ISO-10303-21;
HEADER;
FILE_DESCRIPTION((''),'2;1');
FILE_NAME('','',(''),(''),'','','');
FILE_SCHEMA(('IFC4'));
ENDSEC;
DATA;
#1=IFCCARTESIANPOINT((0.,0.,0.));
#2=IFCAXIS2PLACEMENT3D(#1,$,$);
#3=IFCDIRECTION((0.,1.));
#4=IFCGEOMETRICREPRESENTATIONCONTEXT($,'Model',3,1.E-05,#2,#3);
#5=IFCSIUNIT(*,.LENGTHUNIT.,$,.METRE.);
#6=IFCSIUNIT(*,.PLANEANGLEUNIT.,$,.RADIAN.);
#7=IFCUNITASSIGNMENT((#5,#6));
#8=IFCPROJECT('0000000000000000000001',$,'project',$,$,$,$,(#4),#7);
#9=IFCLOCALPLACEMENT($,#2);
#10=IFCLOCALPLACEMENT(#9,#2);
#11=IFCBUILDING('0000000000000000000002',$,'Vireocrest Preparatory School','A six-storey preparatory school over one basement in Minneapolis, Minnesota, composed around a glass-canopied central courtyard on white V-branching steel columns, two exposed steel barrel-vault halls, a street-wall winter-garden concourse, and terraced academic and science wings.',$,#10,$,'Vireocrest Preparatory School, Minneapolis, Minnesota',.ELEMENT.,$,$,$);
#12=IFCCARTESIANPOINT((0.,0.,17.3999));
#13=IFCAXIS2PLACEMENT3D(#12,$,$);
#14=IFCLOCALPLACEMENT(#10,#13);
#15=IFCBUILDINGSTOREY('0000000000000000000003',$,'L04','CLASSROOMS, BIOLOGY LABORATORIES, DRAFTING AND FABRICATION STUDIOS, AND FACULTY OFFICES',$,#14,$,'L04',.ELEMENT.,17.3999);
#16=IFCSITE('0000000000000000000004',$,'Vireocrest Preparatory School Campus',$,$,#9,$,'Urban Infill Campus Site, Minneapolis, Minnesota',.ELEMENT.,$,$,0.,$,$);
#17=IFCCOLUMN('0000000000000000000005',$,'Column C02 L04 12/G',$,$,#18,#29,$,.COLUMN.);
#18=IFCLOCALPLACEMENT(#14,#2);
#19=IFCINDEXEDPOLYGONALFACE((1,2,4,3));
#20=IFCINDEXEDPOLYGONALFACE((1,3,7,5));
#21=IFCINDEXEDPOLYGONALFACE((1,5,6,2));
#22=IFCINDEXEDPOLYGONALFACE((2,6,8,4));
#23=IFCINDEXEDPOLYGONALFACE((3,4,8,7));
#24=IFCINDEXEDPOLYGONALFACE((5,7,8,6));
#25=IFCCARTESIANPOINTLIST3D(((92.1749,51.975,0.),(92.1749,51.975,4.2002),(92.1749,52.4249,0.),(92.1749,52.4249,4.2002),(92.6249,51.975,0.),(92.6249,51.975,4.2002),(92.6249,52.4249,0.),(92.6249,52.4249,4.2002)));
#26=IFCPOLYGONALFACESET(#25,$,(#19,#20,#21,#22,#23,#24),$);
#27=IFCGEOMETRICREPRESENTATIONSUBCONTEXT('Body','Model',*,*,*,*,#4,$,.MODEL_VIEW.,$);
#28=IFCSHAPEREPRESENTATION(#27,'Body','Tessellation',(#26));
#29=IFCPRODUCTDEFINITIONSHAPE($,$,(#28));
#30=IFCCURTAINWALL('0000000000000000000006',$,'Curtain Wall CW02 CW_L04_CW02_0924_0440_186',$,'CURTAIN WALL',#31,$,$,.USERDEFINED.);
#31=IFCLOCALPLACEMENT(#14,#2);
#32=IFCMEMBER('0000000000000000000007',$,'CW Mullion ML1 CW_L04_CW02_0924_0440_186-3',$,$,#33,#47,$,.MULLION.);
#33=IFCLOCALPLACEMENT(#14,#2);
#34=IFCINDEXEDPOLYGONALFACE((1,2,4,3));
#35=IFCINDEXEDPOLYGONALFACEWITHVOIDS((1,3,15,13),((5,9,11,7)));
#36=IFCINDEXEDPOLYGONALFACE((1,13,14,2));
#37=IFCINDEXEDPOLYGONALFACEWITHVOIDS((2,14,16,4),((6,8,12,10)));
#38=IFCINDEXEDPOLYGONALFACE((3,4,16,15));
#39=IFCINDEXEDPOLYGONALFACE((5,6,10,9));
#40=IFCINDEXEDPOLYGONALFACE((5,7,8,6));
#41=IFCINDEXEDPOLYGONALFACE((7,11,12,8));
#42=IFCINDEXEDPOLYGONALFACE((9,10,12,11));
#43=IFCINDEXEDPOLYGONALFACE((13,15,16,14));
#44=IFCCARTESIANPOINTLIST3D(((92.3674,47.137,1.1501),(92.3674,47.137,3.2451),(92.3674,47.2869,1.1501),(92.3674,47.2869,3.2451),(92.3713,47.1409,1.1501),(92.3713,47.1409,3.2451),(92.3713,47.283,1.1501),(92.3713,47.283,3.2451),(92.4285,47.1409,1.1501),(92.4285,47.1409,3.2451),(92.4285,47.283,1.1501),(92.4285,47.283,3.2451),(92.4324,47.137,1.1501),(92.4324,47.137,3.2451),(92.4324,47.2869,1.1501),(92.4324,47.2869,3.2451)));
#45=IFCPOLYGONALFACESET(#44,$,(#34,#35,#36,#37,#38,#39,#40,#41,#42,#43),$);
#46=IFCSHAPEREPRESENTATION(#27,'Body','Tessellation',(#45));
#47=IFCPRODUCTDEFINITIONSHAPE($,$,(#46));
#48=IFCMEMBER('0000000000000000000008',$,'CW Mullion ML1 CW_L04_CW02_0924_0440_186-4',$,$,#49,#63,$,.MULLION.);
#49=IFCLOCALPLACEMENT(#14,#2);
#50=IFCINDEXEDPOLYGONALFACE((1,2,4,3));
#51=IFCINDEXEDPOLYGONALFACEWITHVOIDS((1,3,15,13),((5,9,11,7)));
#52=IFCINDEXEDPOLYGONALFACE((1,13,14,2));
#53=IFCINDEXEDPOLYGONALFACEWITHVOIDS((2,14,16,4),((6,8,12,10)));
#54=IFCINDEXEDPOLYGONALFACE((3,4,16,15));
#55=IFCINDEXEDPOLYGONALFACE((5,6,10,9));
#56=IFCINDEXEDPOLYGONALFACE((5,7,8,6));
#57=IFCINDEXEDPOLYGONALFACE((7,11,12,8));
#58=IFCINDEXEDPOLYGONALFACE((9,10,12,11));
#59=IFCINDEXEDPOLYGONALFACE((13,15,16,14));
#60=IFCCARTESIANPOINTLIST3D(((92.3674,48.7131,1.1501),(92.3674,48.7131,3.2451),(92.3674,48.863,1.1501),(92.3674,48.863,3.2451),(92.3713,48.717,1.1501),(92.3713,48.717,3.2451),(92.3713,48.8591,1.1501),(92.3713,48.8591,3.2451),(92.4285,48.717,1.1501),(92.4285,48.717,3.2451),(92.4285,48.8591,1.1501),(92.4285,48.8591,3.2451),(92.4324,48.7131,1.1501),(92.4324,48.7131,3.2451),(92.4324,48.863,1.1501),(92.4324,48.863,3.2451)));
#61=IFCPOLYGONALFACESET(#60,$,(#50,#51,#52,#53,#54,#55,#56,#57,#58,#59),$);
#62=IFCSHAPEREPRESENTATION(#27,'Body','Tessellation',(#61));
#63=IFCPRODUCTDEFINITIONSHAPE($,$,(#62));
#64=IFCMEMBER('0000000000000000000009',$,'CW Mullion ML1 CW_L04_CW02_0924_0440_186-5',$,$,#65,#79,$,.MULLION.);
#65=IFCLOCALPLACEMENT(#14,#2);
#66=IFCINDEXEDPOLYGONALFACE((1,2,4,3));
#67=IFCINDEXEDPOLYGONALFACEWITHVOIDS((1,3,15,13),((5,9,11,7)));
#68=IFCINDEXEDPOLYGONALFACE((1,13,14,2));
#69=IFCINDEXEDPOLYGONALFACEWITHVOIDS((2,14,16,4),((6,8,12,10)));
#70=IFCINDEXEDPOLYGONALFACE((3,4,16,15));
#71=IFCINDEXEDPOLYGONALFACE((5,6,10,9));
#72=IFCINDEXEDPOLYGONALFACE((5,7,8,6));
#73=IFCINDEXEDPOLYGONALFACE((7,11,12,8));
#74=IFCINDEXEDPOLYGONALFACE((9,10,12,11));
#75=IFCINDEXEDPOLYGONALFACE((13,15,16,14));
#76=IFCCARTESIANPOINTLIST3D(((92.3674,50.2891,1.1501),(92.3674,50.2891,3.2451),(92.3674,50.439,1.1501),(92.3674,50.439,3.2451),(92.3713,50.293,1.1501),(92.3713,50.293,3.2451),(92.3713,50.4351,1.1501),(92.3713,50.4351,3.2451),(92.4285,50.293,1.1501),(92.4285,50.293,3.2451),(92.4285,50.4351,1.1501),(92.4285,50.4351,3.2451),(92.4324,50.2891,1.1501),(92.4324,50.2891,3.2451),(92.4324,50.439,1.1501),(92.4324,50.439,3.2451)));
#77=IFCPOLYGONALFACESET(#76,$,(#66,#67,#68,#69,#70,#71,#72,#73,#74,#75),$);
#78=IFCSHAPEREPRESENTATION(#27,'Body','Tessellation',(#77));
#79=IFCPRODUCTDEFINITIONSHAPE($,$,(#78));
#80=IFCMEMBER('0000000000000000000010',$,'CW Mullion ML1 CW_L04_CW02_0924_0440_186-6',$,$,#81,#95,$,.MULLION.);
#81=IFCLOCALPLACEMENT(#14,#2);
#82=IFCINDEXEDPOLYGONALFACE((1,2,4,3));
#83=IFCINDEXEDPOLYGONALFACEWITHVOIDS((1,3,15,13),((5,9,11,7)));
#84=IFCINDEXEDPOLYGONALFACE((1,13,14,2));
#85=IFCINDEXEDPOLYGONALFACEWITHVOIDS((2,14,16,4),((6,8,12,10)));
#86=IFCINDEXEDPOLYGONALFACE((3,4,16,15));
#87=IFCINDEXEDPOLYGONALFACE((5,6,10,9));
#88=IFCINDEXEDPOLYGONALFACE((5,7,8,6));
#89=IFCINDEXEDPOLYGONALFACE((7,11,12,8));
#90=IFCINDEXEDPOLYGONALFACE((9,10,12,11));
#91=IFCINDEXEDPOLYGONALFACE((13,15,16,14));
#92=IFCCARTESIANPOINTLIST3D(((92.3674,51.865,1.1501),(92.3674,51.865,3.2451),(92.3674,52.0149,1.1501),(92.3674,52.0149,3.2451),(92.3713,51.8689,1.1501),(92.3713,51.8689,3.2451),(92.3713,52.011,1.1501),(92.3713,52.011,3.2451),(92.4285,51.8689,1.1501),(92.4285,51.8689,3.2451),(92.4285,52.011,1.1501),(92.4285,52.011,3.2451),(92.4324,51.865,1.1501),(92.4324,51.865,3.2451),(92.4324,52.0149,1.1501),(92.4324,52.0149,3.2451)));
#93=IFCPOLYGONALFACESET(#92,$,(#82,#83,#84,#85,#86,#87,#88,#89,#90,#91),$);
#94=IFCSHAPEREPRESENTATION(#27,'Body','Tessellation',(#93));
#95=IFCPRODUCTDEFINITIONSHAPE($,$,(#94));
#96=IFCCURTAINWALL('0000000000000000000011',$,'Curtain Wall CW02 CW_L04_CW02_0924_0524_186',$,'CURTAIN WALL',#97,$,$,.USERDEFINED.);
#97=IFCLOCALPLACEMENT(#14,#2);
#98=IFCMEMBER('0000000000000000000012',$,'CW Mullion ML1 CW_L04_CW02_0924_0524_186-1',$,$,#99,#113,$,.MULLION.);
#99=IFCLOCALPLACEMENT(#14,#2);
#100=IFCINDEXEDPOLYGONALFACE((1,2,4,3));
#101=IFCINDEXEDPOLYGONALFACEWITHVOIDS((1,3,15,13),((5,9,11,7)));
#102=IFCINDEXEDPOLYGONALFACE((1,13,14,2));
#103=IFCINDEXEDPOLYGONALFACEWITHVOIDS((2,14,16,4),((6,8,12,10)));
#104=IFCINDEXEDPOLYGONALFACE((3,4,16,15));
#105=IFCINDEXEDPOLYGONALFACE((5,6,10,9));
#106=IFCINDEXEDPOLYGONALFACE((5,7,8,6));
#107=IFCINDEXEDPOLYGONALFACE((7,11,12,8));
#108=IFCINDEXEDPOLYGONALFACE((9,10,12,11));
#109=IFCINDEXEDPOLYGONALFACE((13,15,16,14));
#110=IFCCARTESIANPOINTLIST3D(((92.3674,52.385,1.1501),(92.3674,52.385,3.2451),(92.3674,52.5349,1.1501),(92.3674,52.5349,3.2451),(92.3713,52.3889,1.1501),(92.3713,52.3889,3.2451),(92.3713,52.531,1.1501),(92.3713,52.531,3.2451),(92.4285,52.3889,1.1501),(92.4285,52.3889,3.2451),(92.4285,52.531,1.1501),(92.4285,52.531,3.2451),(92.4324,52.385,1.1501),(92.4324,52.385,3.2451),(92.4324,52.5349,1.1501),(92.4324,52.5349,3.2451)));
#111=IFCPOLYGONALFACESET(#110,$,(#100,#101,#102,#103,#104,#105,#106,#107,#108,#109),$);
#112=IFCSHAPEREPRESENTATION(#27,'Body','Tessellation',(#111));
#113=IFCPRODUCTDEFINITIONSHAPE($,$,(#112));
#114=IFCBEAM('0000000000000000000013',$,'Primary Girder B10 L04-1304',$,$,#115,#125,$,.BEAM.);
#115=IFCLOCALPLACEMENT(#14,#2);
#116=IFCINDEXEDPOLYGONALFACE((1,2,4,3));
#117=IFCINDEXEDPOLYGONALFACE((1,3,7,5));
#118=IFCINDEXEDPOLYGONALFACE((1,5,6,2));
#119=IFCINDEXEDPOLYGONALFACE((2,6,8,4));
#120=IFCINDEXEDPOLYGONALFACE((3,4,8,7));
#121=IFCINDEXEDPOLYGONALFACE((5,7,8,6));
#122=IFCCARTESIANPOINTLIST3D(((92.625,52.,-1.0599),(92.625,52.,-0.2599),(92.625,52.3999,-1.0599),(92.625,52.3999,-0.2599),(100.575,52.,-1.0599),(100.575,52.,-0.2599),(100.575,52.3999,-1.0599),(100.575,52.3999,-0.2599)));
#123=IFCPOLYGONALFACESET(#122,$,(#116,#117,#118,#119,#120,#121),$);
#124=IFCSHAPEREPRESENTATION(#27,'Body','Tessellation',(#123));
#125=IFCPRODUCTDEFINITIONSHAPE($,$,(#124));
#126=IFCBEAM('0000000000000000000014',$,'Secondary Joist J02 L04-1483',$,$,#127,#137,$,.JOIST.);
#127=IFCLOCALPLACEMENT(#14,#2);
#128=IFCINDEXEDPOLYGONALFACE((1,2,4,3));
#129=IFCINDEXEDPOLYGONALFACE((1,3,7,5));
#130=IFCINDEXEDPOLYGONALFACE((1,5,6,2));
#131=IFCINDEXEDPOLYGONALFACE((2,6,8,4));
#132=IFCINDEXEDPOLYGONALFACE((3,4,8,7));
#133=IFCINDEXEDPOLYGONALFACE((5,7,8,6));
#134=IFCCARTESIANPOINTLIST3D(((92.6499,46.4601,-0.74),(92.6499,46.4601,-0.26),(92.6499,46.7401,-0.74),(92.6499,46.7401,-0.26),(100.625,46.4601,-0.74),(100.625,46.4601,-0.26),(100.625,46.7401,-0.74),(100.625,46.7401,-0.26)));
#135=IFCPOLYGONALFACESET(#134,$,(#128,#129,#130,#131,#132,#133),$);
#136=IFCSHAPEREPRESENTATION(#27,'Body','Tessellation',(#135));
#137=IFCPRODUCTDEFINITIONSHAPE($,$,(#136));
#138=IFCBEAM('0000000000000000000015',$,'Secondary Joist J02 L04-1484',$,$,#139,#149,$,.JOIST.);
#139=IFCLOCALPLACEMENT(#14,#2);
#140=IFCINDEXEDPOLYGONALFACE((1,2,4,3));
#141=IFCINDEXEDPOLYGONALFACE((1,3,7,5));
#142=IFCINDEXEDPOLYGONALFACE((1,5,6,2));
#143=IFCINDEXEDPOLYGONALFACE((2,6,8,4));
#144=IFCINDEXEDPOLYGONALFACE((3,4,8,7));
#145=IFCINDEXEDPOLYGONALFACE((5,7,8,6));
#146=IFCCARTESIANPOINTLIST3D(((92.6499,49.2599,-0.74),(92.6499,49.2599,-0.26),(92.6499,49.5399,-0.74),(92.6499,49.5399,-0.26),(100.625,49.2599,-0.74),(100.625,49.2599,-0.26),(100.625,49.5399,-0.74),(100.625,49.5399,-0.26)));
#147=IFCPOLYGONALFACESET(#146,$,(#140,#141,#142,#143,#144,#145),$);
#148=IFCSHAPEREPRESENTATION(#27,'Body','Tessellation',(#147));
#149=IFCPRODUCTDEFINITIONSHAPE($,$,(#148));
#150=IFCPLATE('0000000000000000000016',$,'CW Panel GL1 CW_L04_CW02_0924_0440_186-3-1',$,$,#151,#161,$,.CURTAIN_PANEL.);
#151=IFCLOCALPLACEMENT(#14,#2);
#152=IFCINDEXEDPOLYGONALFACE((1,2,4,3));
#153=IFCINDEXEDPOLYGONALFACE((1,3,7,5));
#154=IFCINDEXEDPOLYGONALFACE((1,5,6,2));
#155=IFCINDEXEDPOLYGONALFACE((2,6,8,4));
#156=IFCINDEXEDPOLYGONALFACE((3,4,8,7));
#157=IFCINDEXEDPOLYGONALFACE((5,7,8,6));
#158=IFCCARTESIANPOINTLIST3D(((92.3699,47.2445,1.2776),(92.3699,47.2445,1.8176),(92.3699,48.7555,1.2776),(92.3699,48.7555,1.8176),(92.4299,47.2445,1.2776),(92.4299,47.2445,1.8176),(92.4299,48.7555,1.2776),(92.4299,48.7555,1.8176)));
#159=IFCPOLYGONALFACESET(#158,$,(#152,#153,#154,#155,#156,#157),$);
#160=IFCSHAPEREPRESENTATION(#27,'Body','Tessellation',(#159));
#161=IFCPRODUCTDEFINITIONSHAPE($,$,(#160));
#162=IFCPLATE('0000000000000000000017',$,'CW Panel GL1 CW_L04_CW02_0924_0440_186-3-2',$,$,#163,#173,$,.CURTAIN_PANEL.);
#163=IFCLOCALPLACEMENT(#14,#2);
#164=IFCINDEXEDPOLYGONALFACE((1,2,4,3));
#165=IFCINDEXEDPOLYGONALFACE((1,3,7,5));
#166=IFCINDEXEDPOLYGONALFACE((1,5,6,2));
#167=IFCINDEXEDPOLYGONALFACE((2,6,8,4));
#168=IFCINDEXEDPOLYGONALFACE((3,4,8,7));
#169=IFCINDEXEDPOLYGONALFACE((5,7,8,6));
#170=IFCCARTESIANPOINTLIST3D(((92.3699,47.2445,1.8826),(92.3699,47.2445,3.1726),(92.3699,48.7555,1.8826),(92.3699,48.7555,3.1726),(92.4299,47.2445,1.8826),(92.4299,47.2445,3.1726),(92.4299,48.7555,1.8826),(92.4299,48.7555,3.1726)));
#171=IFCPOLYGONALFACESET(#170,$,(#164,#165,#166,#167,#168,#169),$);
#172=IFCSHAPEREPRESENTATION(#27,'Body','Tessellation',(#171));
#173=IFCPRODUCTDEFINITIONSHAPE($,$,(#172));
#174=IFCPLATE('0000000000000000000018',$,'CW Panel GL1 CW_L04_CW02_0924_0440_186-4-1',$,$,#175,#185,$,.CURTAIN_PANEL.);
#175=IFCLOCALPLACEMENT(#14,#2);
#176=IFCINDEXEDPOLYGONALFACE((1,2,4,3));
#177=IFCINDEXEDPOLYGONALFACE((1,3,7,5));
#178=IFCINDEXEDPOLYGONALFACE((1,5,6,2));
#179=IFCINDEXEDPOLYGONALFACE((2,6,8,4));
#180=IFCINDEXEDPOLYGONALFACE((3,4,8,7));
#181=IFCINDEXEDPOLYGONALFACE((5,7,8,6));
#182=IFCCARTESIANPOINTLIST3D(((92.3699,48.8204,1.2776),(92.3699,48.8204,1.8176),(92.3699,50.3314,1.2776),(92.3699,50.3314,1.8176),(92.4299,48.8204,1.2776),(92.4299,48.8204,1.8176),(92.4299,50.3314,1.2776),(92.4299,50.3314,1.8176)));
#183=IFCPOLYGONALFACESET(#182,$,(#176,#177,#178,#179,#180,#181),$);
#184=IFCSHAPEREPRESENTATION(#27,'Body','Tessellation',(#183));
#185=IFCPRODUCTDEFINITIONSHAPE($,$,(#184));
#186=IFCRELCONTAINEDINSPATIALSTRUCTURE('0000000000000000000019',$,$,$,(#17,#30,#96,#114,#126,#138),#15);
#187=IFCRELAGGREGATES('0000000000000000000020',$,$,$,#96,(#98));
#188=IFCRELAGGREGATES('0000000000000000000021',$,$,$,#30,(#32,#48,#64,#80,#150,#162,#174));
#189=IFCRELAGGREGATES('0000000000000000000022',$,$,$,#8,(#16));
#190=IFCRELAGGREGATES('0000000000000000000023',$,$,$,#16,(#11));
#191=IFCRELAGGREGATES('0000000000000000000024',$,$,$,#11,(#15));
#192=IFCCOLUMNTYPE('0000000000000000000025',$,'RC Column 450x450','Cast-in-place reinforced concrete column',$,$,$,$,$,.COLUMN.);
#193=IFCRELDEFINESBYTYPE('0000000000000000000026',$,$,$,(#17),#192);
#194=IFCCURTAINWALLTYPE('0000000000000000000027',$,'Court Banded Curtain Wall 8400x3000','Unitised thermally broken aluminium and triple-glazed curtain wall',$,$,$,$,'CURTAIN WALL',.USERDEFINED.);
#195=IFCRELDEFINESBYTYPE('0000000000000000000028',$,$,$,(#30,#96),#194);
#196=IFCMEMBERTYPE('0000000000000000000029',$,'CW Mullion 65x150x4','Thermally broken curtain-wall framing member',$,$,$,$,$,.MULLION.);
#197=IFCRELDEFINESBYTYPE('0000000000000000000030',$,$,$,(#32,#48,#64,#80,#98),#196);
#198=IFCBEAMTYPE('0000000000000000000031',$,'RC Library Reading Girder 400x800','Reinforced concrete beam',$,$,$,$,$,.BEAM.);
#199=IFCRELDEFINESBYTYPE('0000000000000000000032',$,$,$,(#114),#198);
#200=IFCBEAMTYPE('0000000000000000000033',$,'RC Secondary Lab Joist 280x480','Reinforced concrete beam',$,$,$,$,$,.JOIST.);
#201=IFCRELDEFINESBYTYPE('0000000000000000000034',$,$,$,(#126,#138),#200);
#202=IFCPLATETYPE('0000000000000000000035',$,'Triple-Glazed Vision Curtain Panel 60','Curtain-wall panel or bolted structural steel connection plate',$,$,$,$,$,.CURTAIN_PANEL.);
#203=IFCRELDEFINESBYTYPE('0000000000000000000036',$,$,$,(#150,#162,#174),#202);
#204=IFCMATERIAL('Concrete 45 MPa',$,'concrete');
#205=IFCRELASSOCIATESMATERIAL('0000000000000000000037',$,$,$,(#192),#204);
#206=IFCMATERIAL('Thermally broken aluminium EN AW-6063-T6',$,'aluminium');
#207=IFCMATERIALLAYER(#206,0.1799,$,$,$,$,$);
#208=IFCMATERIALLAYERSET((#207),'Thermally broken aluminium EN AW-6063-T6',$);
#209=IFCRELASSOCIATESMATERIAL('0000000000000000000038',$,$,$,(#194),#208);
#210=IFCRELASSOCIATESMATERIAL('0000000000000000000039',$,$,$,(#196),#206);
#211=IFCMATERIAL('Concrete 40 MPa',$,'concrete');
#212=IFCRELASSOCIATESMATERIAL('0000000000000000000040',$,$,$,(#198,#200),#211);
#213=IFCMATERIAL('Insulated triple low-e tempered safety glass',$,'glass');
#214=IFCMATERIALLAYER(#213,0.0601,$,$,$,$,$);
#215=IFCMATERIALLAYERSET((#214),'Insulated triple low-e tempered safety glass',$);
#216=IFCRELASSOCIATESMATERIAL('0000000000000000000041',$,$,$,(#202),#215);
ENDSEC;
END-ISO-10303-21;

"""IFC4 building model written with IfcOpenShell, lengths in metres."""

from ifc_helpers import new_model, si_unit, direction, frame, origin, origin_2d, place, context, subcontext, project, spatial, rectangle, hollow_rectangle, extrude, material, layer, layer_set, material_profile, profile_set, type_object, element, aggregate, save


model = new_model("IFC4")

# Units and contexts
model_context = context("Model", 3, precision=1e-05, world=origin(), true_north=direction((0.0, 1.0)))
body_context = subcontext(model_context, "Body", "Model", "MODEL_VIEW")
ifc_project = project(units=[si_unit("LENGTHUNIT", "METRE"), si_unit("PLANEANGLEUNIT", "RADIAN")], contexts=[model_context])

# Site, building, storey
site_placement = place(None, origin())
site = spatial("IfcSite", under=ifc_project, at=site_placement, Name="Vireocrest Preparatory School Campus", LongName="Urban Infill Campus Site, Minneapolis, Minnesota", CompositionType="ELEMENT", RefElevation=0.0)
building_placement = place(site_placement, origin())
building = spatial("IfcBuilding", under=site, at=building_placement, Name="Vireocrest Preparatory School", Description="A six-storey preparatory school over one basement in Minneapolis, Minnesota, composed around a glass-canopied central courtyard on white V-branching steel columns, two exposed steel barrel-vault halls, a street-wall winter-garden concourse, and terraced academic and science wings.", LongName="Vireocrest Preparatory School, Minneapolis, Minnesota", CompositionType="ELEMENT")
storey_placement = place(building_placement, frame((0.0, 0.0, 17.3999)))
storey = spatial("IfcBuildingStorey", under=building, at=storey_placement, Name="L04", Description="CLASSROOMS, BIOLOGY LABORATORIES, DRAFTING AND FABRICATION STUDIOS, AND FACULTY OFFICES", LongName="L04", CompositionType="ELEMENT", Elevation=17.3999)

# Column
ifc_material_1 = material(Name="Concrete 45 MPa", Category="concrete")
ifc_material_profile_1 = material_profile(ifc_material_1, rectangle(XDim=0.45, YDim=0.45, at=origin_2d()), Name="RC 450x450")
ifc_profile_set_1 = profile_set([ifc_material_profile_1], Name="Concrete 45 MPa")
column_type = type_object("IfcColumnType", Name="RC Column 450x450", Description="Cast-in-place reinforced concrete column", PredefinedType="COLUMN", material=ifc_profile_set_1)
column_placement = place(storey_placement, frame((92.3999, 52.2, 0.0), z_axis=(0.0, 0.0, 1.0), x_axis=(1.0, 0.0, 0.0)))
element("IfcColumn", 1, at=column_placement, inside=storey, type_object=column_type, Name="Column C02 L04 12/G", PredefinedType="COLUMN", context=body_context, shape_type="SweptSolid", body=[
    extrude(rectangle(XDim=0.45, YDim=0.45, at=origin_2d()), origin(), (0.0, 0.0, 1.0), 4.2002),
])

# Curtain wall, members
ifc_material_2 = material(Name="Thermally broken aluminium EN AW-6063-T6", Category="aluminium")
ifc_layer_1 = layer(ifc_material_2, 0.1799)
ifc_layer_set_1 = layer_set([ifc_layer_1], Name="Thermally broken aluminium EN AW-6063-T6")
curtain_wall_type = type_object("IfcCurtainWallType", Name="Court Banded Curtain Wall 8400x3000", Description="Unitised thermally broken aluminium and triple-glazed curtain wall", ElementType="CURTAIN WALL", PredefinedType="USERDEFINED", material=ifc_layer_set_1)
curtain_wall_1_placement = place(storey_placement, origin())
curtain_wall_1 = element("IfcCurtainWall", 2, at=curtain_wall_1_placement, inside=storey, type_object=curtain_wall_type, Name="Curtain Wall CW02 CW_L04_CW02_0924_0440_186", ObjectType="CURTAIN WALL", PredefinedType="USERDEFINED")
ifc_material_profile_2 = material_profile(ifc_material_2, hollow_rectangle(XDim=0.0649, YDim=0.1499, WallThickness=0.0039, at=origin_2d()), Name="ALU 65x150x4")
ifc_profile_set_2 = profile_set([ifc_material_profile_2], Name="Thermally broken aluminium EN AW-6063-T6")
member_type = type_object("IfcMemberType", Name="CW Mullion 65x150x4", Description="Thermally broken curtain-wall framing member", PredefinedType="MULLION", material=ifc_profile_set_2)
member_1_placement = place(storey_placement, frame((92.3999, 47.2119, 1.1501), z_axis=(0.0, 0.0, 1.0), x_axis=(1.0, 0.0, 0.0)))
member_1 = element("IfcMember", 3, at=member_1_placement, type_object=member_type, Name="CW Mullion ML1 CW_L04_CW02_0924_0440_186-3", PredefinedType="MULLION", context=body_context, shape_type="SweptSolid", body=[
    extrude(hollow_rectangle(XDim=0.0649, YDim=0.1499, WallThickness=0.0039, at=origin_2d()), origin(), (0.0, 0.0, 1.0), 2.095),
])
member_2_placement = place(storey_placement, frame((92.3999, 48.7881, 1.1501), z_axis=(0.0, 0.0, 1.0), x_axis=(1.0, 0.0, 0.0)))
member_2 = element("IfcMember", 4, at=member_2_placement, type_object=member_type, Name="CW Mullion ML1 CW_L04_CW02_0924_0440_186-4", PredefinedType="MULLION", context=body_context, shape_type="SweptSolid", body=[
    extrude(hollow_rectangle(XDim=0.0649, YDim=0.1499, WallThickness=0.0039, at=origin_2d()), origin(), (0.0, 0.0, 1.0), 2.095),
])
member_3_placement = place(storey_placement, frame((92.3999, 50.364, 1.1501), z_axis=(0.0, 0.0, 1.0), x_axis=(1.0, 0.0, 0.0)))
member_3 = element("IfcMember", 5, at=member_3_placement, type_object=member_type, Name="CW Mullion ML1 CW_L04_CW02_0924_0440_186-5", PredefinedType="MULLION", context=body_context, shape_type="SweptSolid", body=[
    extrude(hollow_rectangle(XDim=0.0649, YDim=0.1499, WallThickness=0.0039, at=origin_2d()), origin(), (0.0, 0.0, 1.0), 2.095),
])
member_4_placement = place(storey_placement, frame((92.3999, 51.9399, 1.1501), z_axis=(0.0, 0.0, 1.0), x_axis=(1.0, 0.0, 0.0)))
member_4 = element("IfcMember", 6, at=member_4_placement, type_object=member_type, Name="CW Mullion ML1 CW_L04_CW02_0924_0440_186-6", PredefinedType="MULLION", context=body_context, shape_type="SweptSolid", body=[
    extrude(hollow_rectangle(XDim=0.0649, YDim=0.1499, WallThickness=0.0039, at=origin_2d()), origin(), (0.0, 0.0, 1.0), 2.095),
])

# Curtain wall, member
curtain_wall_2_placement = place(storey_placement, origin())
curtain_wall_2 = element("IfcCurtainWall", 7, at=curtain_wall_2_placement, inside=storey, type_object=curtain_wall_type, Name="Curtain Wall CW02 CW_L04_CW02_0924_0524_186", ObjectType="CURTAIN WALL", PredefinedType="USERDEFINED")
member_5_placement = place(storey_placement, frame((92.3999, 52.46, 1.1501), z_axis=(0.0, 0.0, 1.0), x_axis=(1.0, 0.0, 0.0)))
member_5 = element("IfcMember", 8, at=member_5_placement, type_object=member_type, Name="CW Mullion ML1 CW_L04_CW02_0924_0524_186-1", PredefinedType="MULLION", context=body_context, shape_type="SweptSolid", body=[
    extrude(hollow_rectangle(XDim=0.0649, YDim=0.1499, WallThickness=0.0039, at=origin_2d()), origin(), (0.0, 0.0, 1.0), 2.095),
])
aggregate(curtain_wall_2, [member_5])

# Beams
ifc_material_3 = material(Name="Concrete 40 MPa", Category="concrete")
ifc_material_profile_3 = material_profile(ifc_material_3, rectangle(XDim=0.3999, YDim=0.8, at=origin_2d()), Name="RC 400x800")
ifc_profile_set_3 = profile_set([ifc_material_profile_3], Name="Concrete 40 MPa")
beam_type_1 = type_object("IfcBeamType", Name="RC Library Reading Girder 400x800", Description="Reinforced concrete beam", PredefinedType="BEAM", material=ifc_profile_set_3)
beam_placement = place(storey_placement, frame((92.625, 52.2, -0.6599), z_axis=(1.0, 0.0, 0.0), x_axis=(0.0, 1.0, 0.0)))
element("IfcBeam", 9, at=beam_placement, inside=storey, type_object=beam_type_1, Name="Primary Girder B10 L04-1304", PredefinedType="BEAM", context=body_context, shape_type="SweptSolid", body=[
    extrude(rectangle(XDim=0.3999, YDim=0.8, at=origin_2d()), origin(), (0.0, 0.0, 1.0), 7.95),
])
ifc_material_profile_4 = material_profile(ifc_material_3, rectangle(XDim=0.28, YDim=0.48, at=origin_2d()), Name="RC 280x480")
ifc_profile_set_4 = profile_set([ifc_material_profile_4], Name="Concrete 40 MPa")
beam_type_2 = type_object("IfcBeamType", Name="RC Secondary Lab Joist 280x480", Description="Reinforced concrete beam", PredefinedType="JOIST", material=ifc_profile_set_4)
for number, where, z_axis, x_axis, name in (
    (10, (92.6499, 46.6001, -0.5), (1.0, 0.0, 0.0), (0.0, 1.0, 0.0), "Secondary Joist J02 L04-1483"),
    (11, (92.6499, 49.3999, -0.5), (1.0, 0.0, 0.0), (0.0, 1.0, 0.0), "Secondary Joist J02 L04-1484"),
):
    element("IfcBeam", number, at=place(storey_placement, frame(where, z_axis=z_axis, x_axis=x_axis)), inside=storey, type_object=beam_type_2, Name=name, PredefinedType="JOIST", context=body_context, shape_type="SweptSolid", body=[
        extrude(rectangle(XDim=0.28, YDim=0.48, at=origin_2d()), origin(), (0.0, 0.0, 1.0), 7.9751),
    ])

# Plates
ifc_material_4 = material(Name="Insulated triple low-e tempered safety glass", Category="glass")
ifc_layer_2 = layer(ifc_material_4, 0.0601)
ifc_layer_set_2 = layer_set([ifc_layer_2], Name="Insulated triple low-e tempered safety glass")
plate_type = type_object("IfcPlateType", Name="Triple-Glazed Vision Curtain Panel 60", Description="Curtain-wall panel or bolted structural steel connection plate", PredefinedType="CURTAIN_PANEL", material=ifc_layer_set_2)
plate_1_placement = place(storey_placement, frame((92.3999, 48.0, 1.2776), z_axis=(0.0, 0.0, 1.0), x_axis=(0.0, 1.0, 0.0)))
plate_1 = element("IfcPlate", 12, at=plate_1_placement, type_object=plate_type, Name="CW Panel GL1 CW_L04_CW02_0924_0440_186-3-1", PredefinedType="CURTAIN_PANEL", context=body_context, shape_type="SweptSolid", body=[
    extrude(rectangle(XDim=1.511, YDim=0.0601, at=origin_2d()), origin(), (0.0, 0.0, 1.0), 0.54),
])
plate_2_placement = place(storey_placement, frame((92.3999, 48.0, 1.8826), z_axis=(0.0, 0.0, 1.0), x_axis=(0.0, 1.0, 0.0)))
plate_2 = element("IfcPlate", 13, at=plate_2_placement, type_object=plate_type, Name="CW Panel GL1 CW_L04_CW02_0924_0440_186-3-2", PredefinedType="CURTAIN_PANEL", context=body_context, shape_type="SweptSolid", body=[
    extrude(rectangle(XDim=1.511, YDim=0.0601, at=origin_2d()), origin(), (0.0, 0.0, 1.0), 1.29),
])
plate_3_placement = place(storey_placement, frame((92.3999, 49.5759, 1.2776), z_axis=(0.0, 0.0, 1.0), x_axis=(0.0, 1.0, 0.0)))
plate_3 = element("IfcPlate", 14, at=plate_3_placement, type_object=plate_type, Name="CW Panel GL1 CW_L04_CW02_0924_0440_186-4-1", PredefinedType="CURTAIN_PANEL", context=body_context, shape_type="SweptSolid", body=[
    extrude(rectangle(XDim=1.511, YDim=0.0601, at=origin_2d()), origin(), (0.0, 0.0, 1.0), 0.54),
])
aggregate(curtain_wall_1, [member_1, member_2, member_3, member_4, plate_1, plate_2, plate_3])

save(model, "model.ifc")
